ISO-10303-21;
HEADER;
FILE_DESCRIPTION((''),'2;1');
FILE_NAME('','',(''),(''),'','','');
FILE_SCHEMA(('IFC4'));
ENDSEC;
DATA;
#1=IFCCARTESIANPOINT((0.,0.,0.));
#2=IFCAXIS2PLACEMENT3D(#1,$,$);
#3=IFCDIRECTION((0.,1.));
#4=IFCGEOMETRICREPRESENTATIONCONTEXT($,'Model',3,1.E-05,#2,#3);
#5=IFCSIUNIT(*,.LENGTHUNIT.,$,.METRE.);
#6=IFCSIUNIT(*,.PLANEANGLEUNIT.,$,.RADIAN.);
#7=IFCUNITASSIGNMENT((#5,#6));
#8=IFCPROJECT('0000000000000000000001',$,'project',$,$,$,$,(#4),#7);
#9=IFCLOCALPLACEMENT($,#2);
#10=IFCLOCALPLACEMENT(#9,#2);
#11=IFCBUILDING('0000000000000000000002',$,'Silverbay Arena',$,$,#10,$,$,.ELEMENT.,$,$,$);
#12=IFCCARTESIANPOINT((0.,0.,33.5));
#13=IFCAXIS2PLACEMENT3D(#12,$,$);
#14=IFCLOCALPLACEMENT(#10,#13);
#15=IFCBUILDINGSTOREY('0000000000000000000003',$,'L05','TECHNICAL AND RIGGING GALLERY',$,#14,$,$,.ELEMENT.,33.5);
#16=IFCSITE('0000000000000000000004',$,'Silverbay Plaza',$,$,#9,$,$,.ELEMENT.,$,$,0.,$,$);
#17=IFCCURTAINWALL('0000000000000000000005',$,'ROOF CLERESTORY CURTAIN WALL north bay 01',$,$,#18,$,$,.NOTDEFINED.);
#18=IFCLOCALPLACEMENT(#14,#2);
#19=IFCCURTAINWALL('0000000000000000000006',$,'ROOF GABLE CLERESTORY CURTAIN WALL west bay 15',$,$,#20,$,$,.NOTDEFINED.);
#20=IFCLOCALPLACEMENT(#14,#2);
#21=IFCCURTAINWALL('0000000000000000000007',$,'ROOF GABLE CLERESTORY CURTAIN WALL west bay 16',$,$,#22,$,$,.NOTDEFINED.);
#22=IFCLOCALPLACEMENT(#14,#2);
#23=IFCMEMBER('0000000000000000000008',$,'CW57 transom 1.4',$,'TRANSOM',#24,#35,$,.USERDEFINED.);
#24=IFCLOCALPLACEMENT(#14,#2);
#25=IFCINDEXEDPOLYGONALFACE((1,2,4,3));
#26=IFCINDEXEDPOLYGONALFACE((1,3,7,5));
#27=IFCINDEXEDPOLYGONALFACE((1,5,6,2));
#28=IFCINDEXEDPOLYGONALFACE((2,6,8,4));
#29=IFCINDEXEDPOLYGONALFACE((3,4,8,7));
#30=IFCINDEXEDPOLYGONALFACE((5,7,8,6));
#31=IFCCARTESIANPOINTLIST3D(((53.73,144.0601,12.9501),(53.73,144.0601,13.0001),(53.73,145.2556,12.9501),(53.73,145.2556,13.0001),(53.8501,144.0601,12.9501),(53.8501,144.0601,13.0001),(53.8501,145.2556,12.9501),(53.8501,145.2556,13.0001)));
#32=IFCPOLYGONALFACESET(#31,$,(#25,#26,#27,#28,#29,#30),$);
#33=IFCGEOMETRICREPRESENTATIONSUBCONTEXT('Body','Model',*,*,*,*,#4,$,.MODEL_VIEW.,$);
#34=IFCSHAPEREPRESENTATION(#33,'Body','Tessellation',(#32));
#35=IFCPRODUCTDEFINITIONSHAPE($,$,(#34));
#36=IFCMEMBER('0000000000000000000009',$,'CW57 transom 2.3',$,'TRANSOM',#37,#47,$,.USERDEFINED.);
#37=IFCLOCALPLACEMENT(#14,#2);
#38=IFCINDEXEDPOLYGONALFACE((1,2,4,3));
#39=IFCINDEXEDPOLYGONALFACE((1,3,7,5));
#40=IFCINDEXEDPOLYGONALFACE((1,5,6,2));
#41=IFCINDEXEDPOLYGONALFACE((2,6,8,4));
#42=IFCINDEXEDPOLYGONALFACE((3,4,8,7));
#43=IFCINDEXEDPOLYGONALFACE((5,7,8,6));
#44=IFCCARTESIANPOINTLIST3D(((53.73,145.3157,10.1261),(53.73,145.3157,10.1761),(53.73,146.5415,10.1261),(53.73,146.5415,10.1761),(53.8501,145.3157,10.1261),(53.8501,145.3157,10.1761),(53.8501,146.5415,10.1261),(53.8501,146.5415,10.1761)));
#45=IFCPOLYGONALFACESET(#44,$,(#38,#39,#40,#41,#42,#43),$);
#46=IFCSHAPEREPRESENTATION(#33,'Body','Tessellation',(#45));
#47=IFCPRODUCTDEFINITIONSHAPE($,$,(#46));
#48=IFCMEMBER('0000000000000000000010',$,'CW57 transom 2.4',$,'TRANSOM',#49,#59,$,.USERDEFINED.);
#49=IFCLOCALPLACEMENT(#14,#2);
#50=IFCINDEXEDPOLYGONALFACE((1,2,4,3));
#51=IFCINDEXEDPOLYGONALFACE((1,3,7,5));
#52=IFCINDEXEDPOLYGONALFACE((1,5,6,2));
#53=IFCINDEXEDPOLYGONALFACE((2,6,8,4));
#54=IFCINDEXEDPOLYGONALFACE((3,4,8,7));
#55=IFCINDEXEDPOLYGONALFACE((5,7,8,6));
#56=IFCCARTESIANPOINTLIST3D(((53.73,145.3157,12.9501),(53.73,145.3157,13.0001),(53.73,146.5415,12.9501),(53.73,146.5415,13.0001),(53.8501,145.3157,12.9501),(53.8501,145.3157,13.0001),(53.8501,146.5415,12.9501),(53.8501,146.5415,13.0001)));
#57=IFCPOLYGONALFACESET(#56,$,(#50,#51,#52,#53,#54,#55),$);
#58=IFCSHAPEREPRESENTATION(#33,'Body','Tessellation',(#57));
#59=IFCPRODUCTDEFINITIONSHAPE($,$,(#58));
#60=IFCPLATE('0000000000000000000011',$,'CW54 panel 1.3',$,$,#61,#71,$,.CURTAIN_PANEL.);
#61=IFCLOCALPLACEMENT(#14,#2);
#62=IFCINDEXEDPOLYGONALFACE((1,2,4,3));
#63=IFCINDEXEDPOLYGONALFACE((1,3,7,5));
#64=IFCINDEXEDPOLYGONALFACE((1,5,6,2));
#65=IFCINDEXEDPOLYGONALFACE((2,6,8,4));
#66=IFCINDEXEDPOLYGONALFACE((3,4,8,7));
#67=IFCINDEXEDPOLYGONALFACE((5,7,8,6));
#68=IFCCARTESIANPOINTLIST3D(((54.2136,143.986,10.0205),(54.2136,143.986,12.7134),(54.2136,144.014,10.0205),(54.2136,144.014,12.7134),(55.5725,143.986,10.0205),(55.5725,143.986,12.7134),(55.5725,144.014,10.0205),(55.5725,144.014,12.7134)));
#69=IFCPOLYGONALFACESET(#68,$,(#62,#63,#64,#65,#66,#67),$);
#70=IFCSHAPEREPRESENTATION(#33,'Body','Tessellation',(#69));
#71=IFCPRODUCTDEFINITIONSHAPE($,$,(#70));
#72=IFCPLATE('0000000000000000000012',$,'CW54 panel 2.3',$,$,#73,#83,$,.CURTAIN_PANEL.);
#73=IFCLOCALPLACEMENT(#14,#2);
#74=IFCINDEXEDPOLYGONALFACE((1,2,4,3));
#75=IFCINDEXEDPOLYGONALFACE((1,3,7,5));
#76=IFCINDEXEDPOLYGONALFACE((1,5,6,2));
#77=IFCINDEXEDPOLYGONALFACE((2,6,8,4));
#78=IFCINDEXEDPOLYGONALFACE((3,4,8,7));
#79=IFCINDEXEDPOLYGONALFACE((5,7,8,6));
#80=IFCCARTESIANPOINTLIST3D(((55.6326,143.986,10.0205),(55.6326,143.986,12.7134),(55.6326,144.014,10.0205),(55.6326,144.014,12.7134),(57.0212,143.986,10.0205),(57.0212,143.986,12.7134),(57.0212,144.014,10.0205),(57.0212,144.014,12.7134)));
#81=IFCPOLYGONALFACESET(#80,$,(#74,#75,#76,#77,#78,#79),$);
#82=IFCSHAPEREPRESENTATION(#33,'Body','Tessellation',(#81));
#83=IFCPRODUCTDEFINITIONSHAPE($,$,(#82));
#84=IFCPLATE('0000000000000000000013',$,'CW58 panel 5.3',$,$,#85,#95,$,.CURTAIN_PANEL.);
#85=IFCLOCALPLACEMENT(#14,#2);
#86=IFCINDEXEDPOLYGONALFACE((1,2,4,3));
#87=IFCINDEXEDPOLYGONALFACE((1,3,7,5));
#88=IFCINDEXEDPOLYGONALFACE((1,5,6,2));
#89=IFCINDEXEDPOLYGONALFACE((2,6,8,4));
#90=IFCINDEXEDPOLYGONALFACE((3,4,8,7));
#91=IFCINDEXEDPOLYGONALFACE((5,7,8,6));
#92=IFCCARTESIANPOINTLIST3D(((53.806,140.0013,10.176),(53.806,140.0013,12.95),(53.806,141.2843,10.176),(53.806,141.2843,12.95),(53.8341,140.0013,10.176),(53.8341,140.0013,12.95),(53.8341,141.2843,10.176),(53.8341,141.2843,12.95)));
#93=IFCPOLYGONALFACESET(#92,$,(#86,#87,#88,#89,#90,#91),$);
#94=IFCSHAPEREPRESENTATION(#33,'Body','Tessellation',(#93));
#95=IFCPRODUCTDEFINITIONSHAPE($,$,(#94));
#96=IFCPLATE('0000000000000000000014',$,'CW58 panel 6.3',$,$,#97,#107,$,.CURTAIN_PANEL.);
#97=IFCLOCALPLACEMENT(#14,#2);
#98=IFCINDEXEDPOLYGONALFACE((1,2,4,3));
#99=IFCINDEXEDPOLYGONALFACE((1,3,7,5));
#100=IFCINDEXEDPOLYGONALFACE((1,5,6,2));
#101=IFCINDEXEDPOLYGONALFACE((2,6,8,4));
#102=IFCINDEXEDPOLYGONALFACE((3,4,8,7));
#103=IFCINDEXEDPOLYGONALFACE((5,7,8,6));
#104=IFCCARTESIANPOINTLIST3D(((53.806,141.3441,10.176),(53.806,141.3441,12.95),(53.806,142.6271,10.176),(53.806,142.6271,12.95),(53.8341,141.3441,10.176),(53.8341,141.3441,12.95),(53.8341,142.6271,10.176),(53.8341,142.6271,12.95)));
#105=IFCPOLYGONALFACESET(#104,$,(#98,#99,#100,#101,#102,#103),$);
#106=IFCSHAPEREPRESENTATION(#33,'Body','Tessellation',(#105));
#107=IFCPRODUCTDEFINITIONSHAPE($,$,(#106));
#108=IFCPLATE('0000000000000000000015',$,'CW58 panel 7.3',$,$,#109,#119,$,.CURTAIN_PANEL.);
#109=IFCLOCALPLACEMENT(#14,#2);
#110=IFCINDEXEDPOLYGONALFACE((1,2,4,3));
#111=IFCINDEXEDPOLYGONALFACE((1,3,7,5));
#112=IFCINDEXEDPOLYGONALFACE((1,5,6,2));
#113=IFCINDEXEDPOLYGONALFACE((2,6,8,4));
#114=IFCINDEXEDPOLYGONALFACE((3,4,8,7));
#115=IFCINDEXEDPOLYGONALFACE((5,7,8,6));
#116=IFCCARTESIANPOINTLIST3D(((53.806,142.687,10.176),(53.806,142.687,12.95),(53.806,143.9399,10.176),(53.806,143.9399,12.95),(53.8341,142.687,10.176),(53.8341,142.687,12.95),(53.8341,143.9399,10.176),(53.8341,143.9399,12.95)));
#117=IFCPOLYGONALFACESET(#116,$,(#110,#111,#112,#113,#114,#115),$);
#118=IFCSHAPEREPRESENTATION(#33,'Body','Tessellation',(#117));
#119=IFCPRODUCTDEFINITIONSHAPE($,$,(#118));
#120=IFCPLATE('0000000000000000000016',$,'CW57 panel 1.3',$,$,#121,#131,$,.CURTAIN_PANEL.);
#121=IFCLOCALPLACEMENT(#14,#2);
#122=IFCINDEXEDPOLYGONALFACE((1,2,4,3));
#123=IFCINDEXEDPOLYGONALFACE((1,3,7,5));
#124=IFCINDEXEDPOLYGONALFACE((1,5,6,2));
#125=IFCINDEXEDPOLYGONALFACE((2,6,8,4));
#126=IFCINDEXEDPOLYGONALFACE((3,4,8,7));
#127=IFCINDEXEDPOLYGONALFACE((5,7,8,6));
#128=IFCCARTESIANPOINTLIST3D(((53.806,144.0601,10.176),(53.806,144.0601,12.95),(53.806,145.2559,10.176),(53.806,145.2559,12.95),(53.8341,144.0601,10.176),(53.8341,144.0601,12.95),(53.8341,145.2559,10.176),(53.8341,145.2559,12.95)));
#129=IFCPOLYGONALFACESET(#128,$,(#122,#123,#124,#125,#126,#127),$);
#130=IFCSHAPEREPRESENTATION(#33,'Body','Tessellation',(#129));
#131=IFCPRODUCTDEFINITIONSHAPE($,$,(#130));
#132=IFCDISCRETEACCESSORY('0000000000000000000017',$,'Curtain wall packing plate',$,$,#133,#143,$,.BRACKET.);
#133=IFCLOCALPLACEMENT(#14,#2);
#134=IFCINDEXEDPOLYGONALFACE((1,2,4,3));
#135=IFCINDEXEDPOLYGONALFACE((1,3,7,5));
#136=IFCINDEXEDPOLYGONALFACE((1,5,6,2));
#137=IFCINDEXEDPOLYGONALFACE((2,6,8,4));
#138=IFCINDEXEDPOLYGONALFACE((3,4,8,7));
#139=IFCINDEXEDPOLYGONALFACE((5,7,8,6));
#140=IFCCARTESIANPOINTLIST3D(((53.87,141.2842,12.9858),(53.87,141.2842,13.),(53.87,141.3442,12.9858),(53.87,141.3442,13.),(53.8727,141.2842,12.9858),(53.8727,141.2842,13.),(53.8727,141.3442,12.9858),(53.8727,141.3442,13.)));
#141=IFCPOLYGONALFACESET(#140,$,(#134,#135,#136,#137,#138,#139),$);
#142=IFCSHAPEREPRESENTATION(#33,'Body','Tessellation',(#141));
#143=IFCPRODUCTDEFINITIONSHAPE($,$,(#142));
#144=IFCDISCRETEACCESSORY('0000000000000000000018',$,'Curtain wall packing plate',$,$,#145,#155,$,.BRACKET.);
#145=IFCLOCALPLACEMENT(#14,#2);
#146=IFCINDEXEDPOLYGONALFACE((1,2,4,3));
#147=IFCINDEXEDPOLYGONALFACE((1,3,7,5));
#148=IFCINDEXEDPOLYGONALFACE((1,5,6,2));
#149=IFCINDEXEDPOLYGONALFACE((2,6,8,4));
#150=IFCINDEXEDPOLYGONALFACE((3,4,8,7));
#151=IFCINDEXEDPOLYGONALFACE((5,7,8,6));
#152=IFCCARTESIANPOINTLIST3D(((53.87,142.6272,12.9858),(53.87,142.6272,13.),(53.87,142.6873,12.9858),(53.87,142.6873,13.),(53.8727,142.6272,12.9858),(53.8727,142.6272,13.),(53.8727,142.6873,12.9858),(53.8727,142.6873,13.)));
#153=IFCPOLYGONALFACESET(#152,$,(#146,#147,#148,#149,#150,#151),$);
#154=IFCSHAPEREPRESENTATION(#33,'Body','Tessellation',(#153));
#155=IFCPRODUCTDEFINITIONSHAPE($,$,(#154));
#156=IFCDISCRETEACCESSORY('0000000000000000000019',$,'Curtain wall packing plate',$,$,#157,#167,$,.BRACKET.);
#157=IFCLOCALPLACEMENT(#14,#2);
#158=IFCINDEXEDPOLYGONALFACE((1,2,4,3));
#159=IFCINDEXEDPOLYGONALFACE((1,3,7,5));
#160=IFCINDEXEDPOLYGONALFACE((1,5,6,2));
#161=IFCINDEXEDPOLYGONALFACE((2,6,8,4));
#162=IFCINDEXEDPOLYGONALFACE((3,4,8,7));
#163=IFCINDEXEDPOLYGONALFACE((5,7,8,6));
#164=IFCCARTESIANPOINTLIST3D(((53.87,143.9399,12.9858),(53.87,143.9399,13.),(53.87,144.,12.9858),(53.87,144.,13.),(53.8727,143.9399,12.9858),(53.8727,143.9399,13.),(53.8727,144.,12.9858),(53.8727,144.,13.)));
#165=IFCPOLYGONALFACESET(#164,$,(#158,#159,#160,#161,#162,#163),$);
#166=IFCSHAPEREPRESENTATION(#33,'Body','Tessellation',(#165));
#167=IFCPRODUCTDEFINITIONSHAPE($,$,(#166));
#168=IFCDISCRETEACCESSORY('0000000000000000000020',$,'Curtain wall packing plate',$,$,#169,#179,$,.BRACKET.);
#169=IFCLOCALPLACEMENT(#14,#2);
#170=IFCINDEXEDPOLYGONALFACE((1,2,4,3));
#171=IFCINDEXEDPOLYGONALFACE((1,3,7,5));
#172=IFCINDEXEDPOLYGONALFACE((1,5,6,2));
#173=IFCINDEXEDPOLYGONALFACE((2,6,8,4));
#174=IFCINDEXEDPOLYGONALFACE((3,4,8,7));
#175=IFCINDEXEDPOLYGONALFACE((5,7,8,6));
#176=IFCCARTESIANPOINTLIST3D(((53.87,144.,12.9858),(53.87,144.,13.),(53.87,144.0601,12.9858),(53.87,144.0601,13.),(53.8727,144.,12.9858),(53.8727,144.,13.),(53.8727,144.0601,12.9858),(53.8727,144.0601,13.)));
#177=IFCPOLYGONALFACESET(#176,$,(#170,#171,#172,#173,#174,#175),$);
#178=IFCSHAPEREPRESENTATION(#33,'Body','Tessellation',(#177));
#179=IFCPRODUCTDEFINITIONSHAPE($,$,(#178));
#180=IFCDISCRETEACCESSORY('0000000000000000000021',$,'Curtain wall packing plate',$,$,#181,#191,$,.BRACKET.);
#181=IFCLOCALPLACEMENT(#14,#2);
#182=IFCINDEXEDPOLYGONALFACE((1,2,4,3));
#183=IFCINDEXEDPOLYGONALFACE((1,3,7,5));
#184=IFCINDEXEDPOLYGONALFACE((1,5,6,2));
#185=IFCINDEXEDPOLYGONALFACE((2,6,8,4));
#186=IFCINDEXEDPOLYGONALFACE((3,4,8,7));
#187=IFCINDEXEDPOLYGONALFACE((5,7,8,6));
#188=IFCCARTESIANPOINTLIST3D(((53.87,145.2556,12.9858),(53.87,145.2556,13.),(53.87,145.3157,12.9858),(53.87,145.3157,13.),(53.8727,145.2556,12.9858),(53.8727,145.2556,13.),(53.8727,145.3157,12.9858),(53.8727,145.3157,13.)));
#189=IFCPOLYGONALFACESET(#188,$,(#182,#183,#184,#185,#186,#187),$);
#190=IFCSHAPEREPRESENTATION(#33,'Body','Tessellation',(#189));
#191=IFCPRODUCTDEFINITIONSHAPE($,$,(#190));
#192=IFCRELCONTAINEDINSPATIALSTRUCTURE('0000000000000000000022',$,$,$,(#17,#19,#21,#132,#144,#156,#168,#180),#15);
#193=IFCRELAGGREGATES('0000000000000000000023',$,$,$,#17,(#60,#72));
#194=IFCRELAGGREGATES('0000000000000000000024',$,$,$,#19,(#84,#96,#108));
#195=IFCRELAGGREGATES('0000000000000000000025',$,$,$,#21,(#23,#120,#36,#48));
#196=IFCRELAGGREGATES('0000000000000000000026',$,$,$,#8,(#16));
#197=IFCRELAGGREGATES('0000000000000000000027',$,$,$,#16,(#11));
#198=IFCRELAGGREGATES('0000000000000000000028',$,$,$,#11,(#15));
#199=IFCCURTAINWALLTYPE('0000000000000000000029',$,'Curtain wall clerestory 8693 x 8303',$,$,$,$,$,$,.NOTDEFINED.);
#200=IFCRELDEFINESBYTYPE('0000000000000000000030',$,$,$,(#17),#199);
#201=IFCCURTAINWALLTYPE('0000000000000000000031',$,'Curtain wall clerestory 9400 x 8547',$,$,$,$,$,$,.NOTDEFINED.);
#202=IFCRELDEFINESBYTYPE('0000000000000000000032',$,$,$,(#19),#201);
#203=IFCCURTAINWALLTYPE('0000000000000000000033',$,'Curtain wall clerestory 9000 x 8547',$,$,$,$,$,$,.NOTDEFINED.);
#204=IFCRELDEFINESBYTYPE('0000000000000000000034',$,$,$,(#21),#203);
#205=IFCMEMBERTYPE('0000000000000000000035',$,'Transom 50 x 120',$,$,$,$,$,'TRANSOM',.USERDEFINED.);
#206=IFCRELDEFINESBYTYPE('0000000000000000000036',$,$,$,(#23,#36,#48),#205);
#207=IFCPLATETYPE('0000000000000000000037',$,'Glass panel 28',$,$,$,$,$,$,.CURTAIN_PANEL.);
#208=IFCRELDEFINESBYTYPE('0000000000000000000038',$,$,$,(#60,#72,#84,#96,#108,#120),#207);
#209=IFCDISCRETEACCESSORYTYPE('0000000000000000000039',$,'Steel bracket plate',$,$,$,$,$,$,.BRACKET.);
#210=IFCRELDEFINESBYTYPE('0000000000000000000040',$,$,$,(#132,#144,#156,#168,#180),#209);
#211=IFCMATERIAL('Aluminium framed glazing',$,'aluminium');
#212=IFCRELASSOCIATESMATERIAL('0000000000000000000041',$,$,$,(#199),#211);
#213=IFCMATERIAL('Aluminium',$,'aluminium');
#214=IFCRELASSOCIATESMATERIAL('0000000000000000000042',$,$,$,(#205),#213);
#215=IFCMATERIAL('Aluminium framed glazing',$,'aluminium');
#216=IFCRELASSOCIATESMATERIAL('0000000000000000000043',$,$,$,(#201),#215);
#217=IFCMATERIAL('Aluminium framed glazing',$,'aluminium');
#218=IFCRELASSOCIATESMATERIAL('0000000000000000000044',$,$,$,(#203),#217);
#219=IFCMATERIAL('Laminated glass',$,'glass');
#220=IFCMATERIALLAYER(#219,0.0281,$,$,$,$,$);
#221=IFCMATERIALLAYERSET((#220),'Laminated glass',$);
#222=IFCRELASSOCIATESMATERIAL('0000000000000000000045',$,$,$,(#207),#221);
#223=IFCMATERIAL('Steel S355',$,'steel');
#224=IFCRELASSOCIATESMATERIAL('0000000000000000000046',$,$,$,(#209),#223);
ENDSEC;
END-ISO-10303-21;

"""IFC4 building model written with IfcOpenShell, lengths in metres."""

from ifc_helpers import new_model, si_unit, direction, frame, origin, origin_2d, place, context, subcontext, project, spatial, rectangle, extrude, material, layer, layer_set, material_profile, profile_set, type_object, element, aggregate, save


model = new_model("IFC4")

# Units and contexts
model_context = context("Model", 3, precision=1e-05, world=origin(), true_north=direction((0.0, 1.0)))
body_context = subcontext(model_context, "Body", "Model", "MODEL_VIEW")
ifc_project = project(units=[si_unit("LENGTHUNIT", "METRE"), si_unit("PLANEANGLEUNIT", "RADIAN")], contexts=[model_context])

# Site, building, storey
site_placement = place(None, origin())
site = spatial("IfcSite", under=ifc_project, at=site_placement, Name="Silverbay Plaza", CompositionType="ELEMENT", RefElevation=0.0)
building_placement = place(site_placement, origin())
building = spatial("IfcBuilding", under=site, at=building_placement, Name="Silverbay Arena", CompositionType="ELEMENT")
storey_placement = place(building_placement, frame((0.0, 0.0, 33.5)))
storey = spatial("IfcBuildingStorey", under=building, at=storey_placement, Name="L05", Description="TECHNICAL AND RIGGING GALLERY", CompositionType="ELEMENT", Elevation=33.5)

# Curtain walls, members
ifc_material_1 = material(Name="Aluminium framed glazing", Category="aluminium")
curtain_wall_type_1 = type_object("IfcCurtainWallType", Name="Curtain wall clerestory 8693 x 8303", PredefinedType="NOTDEFINED", material=ifc_material_1)
curtain_wall_1_placement = place(storey_placement, origin())
curtain_wall_1 = element("IfcCurtainWall", 1, at=curtain_wall_1_placement, inside=storey, type_object=curtain_wall_type_1, Name="ROOF CLERESTORY CURTAIN WALL north bay 01", PredefinedType="NOTDEFINED")
ifc_material_2 = material(Name="Aluminium", Category="aluminium")
ifc_material_profile_1 = material_profile(ifc_material_2, rectangle(XDim=0.1201, YDim=0.05, at=origin_2d()), Name="Transom 50 x 120")
ifc_profile_set_1 = profile_set([ifc_material_profile_1], Name="Aluminium")
member_type_1 = type_object("IfcMemberType", Name="Transom 50 x 120", ElementType="TRANSOM", PredefinedType="USERDEFINED", material=ifc_profile_set_1)
ifc_material_3 = material(Name="Aluminium framed glazing", Category="aluminium")
curtain_wall_type_2 = type_object("IfcCurtainWallType", Name="Curtain wall clerestory 9400 x 8547", PredefinedType="NOTDEFINED", material=ifc_material_3)
curtain_wall_2_placement = place(storey_placement, origin())
curtain_wall_2 = element("IfcCurtainWall", 2, at=curtain_wall_2_placement, inside=storey, type_object=curtain_wall_type_2, Name="ROOF GABLE CLERESTORY CURTAIN WALL west bay 15", PredefinedType="NOTDEFINED")
ifc_material_4 = material(Name="Aluminium framed glazing", Category="aluminium")
curtain_wall_type_3 = type_object("IfcCurtainWallType", Name="Curtain wall clerestory 9000 x 8547", PredefinedType="NOTDEFINED", material=ifc_material_4)
curtain_wall_3_placement = place(storey_placement, origin())
curtain_wall_3 = element("IfcCurtainWall", 3, at=curtain_wall_3_placement, inside=storey, type_object=curtain_wall_type_3, Name="ROOF GABLE CLERESTORY CURTAIN WALL west bay 16", PredefinedType="NOTDEFINED")
member_1_placement = place(storey_placement, frame((53.79, 144.0601, 12.9751), z_axis=(0.0, 1.0, 0.0), x_axis=(-1.0, 0.0, 0.0)))
member_1 = element("IfcMember", 4, at=member_1_placement, type_object=member_type_1, Name="CW57 transom 1.4", ObjectType="TRANSOM", PredefinedType="USERDEFINED", context=body_context, shape_type="SweptSolid", body=[
    extrude(rectangle(XDim=0.1201, YDim=0.05, at=origin_2d()), origin(), (0.0, 0.0, 1.0), 1.1956),
])
member_2_placement = place(storey_placement, frame((53.79, 145.3157, 10.1511), z_axis=(0.0, 1.0, 0.0), x_axis=(-1.0, 0.0, 0.0)))
member_2 = element("IfcMember", 5, at=member_2_placement, type_object=member_type_1, Name="CW57 transom 2.3", ObjectType="TRANSOM", PredefinedType="USERDEFINED", context=body_context, shape_type="SweptSolid", body=[
    extrude(rectangle(XDim=0.1201, YDim=0.05, at=origin_2d()), origin(), (0.0, 0.0, 1.0), 1.2258),
])
member_3_placement = place(storey_placement, frame((53.79, 145.3157, 12.9751), z_axis=(0.0, 1.0, 0.0), x_axis=(-1.0, 0.0, 0.0)))
member_3 = element("IfcMember", 6, at=member_3_placement, type_object=member_type_1, Name="CW57 transom 2.4", ObjectType="TRANSOM", PredefinedType="USERDEFINED", context=body_context, shape_type="SweptSolid", body=[
    extrude(rectangle(XDim=0.1201, YDim=0.05, at=origin_2d()), origin(), (0.0, 0.0, 1.0), 1.2258),
])

# Plates
ifc_material_5 = material(Name="Laminated glass", Category="glass")
ifc_layer = layer(ifc_material_5, 0.0281)
ifc_layer_set = layer_set([ifc_layer], Name="Laminated glass")
plate_type = type_object("IfcPlateType", Name="Glass panel 28", PredefinedType="CURTAIN_PANEL", material=ifc_layer_set)
plate_1_placement = place(storey_placement, frame((54.8931, 144.0, 10.0205), z_axis=(0.0, 0.0, 1.0), x_axis=(1.0, 0.0, 0.0)))
plate_1 = element("IfcPlate", 7, at=plate_1_placement, type_object=plate_type, Name="CW54 panel 1.3", PredefinedType="CURTAIN_PANEL", context=body_context, shape_type="SweptSolid", body=[
    extrude(rectangle(XDim=1.3589, YDim=0.0281, at=origin_2d()), origin(), (0.0, 0.0, 1.0), 2.6929),
])
plate_2_placement = place(storey_placement, frame((56.3269, 144.0, 10.0205), z_axis=(0.0, 0.0, 1.0), x_axis=(1.0, 0.0, 0.0)))
plate_2 = element("IfcPlate", 8, at=plate_2_placement, type_object=plate_type, Name="CW54 panel 2.3", PredefinedType="CURTAIN_PANEL", context=body_context, shape_type="SweptSolid", body=[
    extrude(rectangle(XDim=1.3887, YDim=0.0281, at=origin_2d()), origin(), (0.0, 0.0, 1.0), 2.6929),
])
aggregate(curtain_wall_1, [plate_1, plate_2])
plate_3_placement = place(storey_placement, frame((53.8201, 140.6428, 10.176), z_axis=(0.0, 0.0, 1.0), x_axis=(0.0, 1.0, 0.0)))
plate_3 = element("IfcPlate", 9, at=plate_3_placement, type_object=plate_type, Name="CW58 panel 5.3", PredefinedType="CURTAIN_PANEL", context=body_context, shape_type="SweptSolid", body=[
    extrude(rectangle(XDim=1.283, YDim=0.0281, at=origin_2d()), origin(), (0.0, 0.0, 1.0), 2.7739),
])
plate_4_placement = place(storey_placement, frame((53.8201, 141.9856, 10.176), z_axis=(0.0, 0.0, 1.0), x_axis=(0.0, 1.0, 0.0)))
plate_4 = element("IfcPlate", 10, at=plate_4_placement, type_object=plate_type, Name="CW58 panel 6.3", PredefinedType="CURTAIN_PANEL", context=body_context, shape_type="SweptSolid", body=[
    extrude(rectangle(XDim=1.283, YDim=0.0281, at=origin_2d()), origin(), (0.0, 0.0, 1.0), 2.7739),
])
plate_5_placement = place(storey_placement, frame((53.8201, 143.3135, 10.176), z_axis=(0.0, 0.0, 1.0), x_axis=(0.0, 1.0, 0.0)))
plate_5 = element("IfcPlate", 11, at=plate_5_placement, type_object=plate_type, Name="CW58 panel 7.3", PredefinedType="CURTAIN_PANEL", context=body_context, shape_type="SweptSolid", body=[
    extrude(rectangle(XDim=1.2529, YDim=0.0281, at=origin_2d()), origin(), (0.0, 0.0, 1.0), 2.7739),
])
aggregate(curtain_wall_2, [plate_3, plate_4, plate_5])
plate_6_placement = place(storey_placement, frame((53.8201, 144.658, 10.176), z_axis=(0.0, 0.0, 1.0), x_axis=(0.0, 1.0, 0.0)))
plate_6 = element("IfcPlate", 12, at=plate_6_placement, type_object=plate_type, Name="CW57 panel 1.3", PredefinedType="CURTAIN_PANEL", context=body_context, shape_type="SweptSolid", body=[
    extrude(rectangle(XDim=1.1958, YDim=0.0281, at=origin_2d()), origin(), (0.0, 0.0, 1.0), 2.7739),
])
aggregate(curtain_wall_3, [member_1, plate_6, member_2, member_3])

# Discrete accessories
ifc_material_6 = material(Name="Steel S355", Category="steel")
discrete_accessory_type = type_object("IfcDiscreteAccessoryType", Name="Steel bracket plate", PredefinedType="BRACKET", material=ifc_material_6)
for number, where, z_axis, x_axis, name in (
    (13, (53.8713, 141.3142, 12.9858), (0.0, 0.0, 1.0), (1.0, 0.0, 0.0), "Curtain wall packing plate"),
    (14, (53.8713, 142.6572, 12.9858), (0.0, 0.0, 1.0), (1.0, 0.0, 0.0), "Curtain wall packing plate"),
    (15, (53.8713, 143.97, 12.9858), (0.0, 0.0, 1.0), (1.0, 0.0, 0.0), "Curtain wall packing plate"),
    (16, (53.8713, 144.03, 12.9858), (0.0, 0.0, 1.0), (1.0, 0.0, 0.0), "Curtain wall packing plate"),
    (17, (53.8713, 145.2856, 12.9858), (0.0, 0.0, 1.0), (1.0, 0.0, 0.0), "Curtain wall packing plate"),
):
    element("IfcDiscreteAccessory", number, at=place(storey_placement, frame(where, z_axis=z_axis, x_axis=x_axis)), inside=storey, type_object=discrete_accessory_type, Name=name, PredefinedType="BRACKET", context=body_context, shape_type="SweptSolid", body=[
        extrude(rectangle(XDim=0.0027, YDim=0.0601, at=origin_2d()), origin(), (0.0, 0.0, 1.0), 0.0142),
    ])

save(model, "model.ifc")
